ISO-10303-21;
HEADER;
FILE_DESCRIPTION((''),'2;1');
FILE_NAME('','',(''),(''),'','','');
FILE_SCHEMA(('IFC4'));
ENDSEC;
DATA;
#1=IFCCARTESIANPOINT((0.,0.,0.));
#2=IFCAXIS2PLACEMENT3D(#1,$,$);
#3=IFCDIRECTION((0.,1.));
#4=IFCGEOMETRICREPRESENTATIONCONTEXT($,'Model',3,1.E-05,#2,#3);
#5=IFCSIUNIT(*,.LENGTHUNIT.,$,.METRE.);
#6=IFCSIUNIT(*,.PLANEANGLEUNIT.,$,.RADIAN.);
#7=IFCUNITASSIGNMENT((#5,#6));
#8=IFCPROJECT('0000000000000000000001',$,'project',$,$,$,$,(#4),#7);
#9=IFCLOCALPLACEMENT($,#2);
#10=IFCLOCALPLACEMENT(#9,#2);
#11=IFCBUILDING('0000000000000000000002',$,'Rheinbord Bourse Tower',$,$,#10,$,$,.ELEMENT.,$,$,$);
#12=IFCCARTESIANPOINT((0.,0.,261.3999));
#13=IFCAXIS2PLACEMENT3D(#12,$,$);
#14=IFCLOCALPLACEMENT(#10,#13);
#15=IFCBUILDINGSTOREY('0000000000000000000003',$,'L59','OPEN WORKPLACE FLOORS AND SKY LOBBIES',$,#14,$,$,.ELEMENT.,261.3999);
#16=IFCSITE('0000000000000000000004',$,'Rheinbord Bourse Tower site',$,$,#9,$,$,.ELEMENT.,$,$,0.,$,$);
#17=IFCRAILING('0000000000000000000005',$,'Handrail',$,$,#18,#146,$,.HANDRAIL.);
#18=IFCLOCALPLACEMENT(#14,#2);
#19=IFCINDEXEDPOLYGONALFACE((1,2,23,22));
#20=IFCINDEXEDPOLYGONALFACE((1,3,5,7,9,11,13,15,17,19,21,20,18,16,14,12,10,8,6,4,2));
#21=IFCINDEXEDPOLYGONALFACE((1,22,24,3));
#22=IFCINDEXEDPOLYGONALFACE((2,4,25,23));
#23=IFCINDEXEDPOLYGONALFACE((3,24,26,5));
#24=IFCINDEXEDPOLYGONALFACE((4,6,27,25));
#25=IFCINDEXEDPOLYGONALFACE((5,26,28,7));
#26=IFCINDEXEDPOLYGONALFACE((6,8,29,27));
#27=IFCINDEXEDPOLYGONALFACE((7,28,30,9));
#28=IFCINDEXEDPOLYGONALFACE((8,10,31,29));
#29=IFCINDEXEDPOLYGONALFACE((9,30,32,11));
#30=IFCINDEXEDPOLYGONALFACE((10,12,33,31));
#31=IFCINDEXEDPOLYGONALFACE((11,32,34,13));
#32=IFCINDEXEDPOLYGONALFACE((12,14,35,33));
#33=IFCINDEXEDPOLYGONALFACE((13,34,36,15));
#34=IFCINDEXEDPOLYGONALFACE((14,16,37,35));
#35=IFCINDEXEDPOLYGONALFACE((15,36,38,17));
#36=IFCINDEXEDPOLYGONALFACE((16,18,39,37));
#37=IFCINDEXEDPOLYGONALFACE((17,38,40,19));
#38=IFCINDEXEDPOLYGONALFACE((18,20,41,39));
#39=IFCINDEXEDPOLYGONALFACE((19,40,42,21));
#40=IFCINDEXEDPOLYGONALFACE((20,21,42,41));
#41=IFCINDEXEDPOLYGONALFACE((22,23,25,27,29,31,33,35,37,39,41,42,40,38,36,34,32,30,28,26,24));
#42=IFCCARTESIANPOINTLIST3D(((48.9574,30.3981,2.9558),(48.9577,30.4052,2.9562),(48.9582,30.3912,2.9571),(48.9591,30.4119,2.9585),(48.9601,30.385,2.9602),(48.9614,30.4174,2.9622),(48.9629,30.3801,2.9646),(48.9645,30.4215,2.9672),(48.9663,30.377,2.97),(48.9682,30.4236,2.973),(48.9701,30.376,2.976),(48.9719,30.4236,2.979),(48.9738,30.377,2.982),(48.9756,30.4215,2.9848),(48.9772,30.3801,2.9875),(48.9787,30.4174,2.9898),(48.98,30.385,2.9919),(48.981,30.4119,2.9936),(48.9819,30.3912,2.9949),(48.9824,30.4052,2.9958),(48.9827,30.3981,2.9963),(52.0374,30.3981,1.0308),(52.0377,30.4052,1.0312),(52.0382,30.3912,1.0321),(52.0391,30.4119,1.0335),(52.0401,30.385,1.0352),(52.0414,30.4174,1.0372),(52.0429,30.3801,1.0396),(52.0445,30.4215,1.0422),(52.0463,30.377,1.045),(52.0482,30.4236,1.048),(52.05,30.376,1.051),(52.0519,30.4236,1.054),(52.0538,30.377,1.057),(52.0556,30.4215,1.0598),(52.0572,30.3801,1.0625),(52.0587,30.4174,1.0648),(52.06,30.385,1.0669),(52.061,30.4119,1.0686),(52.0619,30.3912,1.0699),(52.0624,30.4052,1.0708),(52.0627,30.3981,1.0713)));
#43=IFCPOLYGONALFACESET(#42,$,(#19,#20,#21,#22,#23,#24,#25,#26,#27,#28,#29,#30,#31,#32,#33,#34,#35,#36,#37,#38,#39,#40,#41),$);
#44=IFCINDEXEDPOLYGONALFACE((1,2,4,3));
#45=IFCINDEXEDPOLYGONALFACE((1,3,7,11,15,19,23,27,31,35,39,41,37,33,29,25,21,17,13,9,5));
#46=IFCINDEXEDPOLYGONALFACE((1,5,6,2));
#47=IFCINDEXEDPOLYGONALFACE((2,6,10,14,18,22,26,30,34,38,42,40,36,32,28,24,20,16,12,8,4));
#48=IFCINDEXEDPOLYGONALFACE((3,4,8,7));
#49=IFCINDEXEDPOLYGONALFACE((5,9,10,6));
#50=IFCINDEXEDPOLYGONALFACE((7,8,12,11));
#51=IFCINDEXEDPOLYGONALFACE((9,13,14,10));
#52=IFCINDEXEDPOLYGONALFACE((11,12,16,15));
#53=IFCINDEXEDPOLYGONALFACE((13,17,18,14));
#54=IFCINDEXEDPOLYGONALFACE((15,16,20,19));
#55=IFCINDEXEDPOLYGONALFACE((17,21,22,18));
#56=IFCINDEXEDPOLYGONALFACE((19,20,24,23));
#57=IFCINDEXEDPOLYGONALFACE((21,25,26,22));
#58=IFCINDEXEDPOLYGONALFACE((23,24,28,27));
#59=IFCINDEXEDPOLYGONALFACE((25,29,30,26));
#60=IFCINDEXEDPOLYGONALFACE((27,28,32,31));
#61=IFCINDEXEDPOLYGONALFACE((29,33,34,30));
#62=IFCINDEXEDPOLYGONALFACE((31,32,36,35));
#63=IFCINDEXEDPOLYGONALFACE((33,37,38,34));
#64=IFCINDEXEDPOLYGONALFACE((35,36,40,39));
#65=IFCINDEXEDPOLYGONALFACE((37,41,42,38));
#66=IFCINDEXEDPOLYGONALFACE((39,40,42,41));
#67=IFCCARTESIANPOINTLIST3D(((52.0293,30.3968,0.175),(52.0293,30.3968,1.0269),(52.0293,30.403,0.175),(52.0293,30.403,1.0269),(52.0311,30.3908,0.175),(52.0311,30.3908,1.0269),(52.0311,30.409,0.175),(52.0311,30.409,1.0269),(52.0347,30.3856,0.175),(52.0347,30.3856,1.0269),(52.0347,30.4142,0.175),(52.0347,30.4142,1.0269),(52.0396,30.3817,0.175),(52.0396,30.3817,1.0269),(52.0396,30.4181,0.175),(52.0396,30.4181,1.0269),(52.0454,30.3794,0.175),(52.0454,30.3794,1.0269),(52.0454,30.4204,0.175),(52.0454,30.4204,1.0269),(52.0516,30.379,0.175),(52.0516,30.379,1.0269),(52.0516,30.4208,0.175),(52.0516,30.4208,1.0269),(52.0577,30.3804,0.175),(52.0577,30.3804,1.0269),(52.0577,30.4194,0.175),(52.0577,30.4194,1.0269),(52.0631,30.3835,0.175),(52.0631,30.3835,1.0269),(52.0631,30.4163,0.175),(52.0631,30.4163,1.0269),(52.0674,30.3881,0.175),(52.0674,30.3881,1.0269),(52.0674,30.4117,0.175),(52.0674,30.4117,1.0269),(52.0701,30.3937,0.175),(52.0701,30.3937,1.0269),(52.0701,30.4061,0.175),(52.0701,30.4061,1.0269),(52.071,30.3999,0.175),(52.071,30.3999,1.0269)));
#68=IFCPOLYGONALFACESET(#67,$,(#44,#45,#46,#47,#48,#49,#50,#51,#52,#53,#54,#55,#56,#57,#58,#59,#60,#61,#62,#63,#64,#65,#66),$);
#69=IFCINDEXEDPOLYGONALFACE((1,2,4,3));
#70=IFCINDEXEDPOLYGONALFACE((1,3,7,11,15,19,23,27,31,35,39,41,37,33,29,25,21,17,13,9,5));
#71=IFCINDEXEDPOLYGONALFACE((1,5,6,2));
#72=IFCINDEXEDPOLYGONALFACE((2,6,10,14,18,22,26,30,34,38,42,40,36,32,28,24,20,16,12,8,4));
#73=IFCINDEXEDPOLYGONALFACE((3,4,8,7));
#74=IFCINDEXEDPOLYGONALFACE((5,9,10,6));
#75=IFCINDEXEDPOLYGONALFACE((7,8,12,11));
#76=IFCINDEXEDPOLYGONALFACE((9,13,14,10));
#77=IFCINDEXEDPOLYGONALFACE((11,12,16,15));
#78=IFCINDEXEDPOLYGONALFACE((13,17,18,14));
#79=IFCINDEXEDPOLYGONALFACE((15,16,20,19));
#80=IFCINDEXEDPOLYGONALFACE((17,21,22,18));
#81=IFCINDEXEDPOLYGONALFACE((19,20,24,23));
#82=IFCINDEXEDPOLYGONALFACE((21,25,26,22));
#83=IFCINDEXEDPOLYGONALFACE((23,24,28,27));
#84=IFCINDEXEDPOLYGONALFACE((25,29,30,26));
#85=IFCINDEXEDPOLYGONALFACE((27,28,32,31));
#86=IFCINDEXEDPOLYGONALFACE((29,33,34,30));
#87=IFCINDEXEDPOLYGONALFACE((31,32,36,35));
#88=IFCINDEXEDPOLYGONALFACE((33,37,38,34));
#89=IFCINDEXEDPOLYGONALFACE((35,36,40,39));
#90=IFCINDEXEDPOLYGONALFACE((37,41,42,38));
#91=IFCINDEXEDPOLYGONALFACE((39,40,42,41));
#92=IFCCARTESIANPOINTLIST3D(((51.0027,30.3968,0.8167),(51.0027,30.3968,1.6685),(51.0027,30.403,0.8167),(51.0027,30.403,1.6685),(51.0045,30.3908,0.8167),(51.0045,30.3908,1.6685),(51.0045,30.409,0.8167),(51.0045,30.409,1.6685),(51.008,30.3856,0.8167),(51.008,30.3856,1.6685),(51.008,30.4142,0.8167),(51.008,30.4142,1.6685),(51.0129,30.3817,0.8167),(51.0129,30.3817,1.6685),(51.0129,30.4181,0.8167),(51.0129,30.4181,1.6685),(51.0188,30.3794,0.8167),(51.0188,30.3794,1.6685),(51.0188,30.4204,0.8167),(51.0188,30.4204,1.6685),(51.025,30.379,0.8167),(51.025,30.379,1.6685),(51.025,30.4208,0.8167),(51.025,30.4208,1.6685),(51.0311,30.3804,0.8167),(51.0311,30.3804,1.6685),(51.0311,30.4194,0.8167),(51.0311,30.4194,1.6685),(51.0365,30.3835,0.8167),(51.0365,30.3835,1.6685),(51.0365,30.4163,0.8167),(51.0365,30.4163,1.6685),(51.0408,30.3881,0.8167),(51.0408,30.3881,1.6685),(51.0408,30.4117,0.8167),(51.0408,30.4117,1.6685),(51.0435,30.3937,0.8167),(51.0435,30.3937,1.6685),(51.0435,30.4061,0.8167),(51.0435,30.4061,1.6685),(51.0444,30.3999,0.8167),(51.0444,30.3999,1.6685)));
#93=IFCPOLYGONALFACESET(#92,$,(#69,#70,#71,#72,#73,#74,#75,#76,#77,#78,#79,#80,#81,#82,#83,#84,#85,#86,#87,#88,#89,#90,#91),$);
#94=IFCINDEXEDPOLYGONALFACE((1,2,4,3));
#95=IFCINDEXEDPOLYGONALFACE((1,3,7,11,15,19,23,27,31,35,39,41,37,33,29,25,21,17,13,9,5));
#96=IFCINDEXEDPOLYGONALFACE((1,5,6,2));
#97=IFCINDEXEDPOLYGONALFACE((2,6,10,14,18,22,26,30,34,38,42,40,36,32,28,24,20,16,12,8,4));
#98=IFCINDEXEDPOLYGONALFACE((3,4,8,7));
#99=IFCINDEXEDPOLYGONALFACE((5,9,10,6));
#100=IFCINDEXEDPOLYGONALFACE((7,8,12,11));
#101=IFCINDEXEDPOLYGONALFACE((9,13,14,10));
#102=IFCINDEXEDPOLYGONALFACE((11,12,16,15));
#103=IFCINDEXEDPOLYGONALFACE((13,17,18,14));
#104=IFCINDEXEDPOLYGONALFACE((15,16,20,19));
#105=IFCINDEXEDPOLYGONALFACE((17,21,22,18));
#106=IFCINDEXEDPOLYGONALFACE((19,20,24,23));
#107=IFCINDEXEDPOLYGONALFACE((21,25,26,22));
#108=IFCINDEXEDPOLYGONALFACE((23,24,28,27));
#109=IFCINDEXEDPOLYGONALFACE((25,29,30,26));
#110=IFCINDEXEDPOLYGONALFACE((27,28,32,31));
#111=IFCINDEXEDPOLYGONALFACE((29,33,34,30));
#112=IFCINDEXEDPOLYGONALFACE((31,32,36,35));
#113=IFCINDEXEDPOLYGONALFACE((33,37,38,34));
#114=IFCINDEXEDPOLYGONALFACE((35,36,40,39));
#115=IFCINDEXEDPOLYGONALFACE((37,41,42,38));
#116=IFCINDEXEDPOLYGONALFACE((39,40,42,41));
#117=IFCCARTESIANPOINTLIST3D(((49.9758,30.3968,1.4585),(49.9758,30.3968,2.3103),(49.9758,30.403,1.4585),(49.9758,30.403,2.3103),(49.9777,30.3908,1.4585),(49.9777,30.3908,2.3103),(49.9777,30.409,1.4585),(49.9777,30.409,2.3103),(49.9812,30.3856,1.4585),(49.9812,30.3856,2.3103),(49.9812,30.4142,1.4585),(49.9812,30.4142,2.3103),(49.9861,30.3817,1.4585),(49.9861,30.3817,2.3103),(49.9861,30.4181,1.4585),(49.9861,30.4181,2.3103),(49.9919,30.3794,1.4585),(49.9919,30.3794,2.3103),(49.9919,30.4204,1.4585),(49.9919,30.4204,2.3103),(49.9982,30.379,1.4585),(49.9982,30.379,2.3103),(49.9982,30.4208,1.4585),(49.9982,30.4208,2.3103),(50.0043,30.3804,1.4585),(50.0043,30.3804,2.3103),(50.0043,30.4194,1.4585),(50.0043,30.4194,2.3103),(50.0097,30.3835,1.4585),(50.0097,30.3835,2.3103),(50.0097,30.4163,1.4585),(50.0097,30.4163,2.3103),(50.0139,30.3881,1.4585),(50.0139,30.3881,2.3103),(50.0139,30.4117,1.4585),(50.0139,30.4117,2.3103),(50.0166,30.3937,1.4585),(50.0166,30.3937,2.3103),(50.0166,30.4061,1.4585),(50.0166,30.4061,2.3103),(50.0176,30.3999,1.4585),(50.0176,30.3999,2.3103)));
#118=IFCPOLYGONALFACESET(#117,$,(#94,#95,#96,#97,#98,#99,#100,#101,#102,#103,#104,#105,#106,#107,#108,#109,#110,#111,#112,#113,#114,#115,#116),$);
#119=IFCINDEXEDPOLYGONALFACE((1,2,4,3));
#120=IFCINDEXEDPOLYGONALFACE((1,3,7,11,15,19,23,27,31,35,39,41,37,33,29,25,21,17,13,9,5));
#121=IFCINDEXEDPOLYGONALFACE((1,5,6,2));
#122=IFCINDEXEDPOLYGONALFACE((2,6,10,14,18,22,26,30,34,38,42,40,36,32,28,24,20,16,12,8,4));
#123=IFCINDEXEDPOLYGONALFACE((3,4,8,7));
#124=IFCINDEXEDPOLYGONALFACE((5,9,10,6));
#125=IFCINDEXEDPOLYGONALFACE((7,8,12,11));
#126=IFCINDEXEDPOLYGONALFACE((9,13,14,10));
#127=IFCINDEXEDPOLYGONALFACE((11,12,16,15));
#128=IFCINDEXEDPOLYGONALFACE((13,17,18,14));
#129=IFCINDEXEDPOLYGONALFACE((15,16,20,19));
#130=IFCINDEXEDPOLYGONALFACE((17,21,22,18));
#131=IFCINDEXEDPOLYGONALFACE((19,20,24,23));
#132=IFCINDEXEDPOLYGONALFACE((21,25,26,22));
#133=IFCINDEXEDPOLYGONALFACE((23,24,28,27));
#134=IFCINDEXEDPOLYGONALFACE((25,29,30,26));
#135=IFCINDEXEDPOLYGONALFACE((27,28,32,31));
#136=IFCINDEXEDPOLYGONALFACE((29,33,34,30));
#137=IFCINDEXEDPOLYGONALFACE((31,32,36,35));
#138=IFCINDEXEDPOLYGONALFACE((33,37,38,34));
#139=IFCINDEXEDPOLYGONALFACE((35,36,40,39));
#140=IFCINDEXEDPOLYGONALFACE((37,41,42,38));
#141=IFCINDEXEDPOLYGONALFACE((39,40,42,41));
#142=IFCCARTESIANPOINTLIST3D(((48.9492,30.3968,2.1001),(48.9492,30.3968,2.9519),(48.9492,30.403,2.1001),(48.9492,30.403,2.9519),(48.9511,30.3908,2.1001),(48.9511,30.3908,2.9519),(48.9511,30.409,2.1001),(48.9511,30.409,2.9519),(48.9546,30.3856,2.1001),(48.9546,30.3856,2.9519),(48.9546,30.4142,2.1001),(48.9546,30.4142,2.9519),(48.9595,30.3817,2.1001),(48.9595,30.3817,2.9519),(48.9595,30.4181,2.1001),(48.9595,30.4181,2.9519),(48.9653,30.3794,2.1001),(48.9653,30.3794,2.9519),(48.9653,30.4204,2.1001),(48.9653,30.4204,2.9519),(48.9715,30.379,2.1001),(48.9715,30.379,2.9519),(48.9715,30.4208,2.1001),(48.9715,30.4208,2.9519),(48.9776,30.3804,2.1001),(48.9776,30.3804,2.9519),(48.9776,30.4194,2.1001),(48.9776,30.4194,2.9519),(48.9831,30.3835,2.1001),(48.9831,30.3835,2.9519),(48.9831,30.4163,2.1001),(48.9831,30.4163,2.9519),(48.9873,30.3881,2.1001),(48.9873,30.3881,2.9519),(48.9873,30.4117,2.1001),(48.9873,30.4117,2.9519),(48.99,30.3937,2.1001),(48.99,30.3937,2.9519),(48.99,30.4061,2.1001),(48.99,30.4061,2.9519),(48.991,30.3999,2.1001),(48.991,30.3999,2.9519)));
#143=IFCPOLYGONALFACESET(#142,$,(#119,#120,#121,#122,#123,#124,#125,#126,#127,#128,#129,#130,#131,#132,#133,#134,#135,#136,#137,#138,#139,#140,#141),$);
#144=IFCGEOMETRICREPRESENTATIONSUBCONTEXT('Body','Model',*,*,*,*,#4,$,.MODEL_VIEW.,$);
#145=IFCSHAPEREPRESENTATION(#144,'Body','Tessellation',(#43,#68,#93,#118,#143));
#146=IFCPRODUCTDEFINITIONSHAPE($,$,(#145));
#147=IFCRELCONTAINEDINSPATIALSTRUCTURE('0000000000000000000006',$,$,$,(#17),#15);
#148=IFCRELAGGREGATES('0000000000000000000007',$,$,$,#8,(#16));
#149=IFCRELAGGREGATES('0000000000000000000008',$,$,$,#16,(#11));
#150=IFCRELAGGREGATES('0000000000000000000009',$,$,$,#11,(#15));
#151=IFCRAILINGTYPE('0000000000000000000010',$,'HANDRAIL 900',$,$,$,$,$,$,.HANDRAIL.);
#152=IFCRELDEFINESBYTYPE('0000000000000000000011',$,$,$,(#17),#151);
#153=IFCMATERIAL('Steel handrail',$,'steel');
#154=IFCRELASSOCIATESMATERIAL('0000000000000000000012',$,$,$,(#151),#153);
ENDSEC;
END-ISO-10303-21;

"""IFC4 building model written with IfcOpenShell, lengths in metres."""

from ifc_helpers import new_model, si_unit, direction, frame, origin, origin_2d, place, context, subcontext, project, spatial, circle, extrude, material, type_object, element, save


model = new_model("IFC4")

# Units and contexts
model_context = context("Model", 3, precision=1e-05, world=origin(), true_north=direction((0.0, 1.0)))
body_context = subcontext(model_context, "Body", "Model", "MODEL_VIEW")
ifc_project = project(units=[si_unit("LENGTHUNIT", "METRE"), si_unit("PLANEANGLEUNIT", "RADIAN")], contexts=[model_context])

# Site, building, storey
site_placement = place(None, origin())
site = spatial("IfcSite", under=ifc_project, at=site_placement, Name="Rheinbord Bourse Tower site", CompositionType="ELEMENT", RefElevation=0.0)
building_placement = place(site_placement, origin())
building = spatial("IfcBuilding", under=site, at=building_placement, Name="Rheinbord Bourse Tower", CompositionType="ELEMENT")
storey_placement = place(building_placement, frame((0.0, 0.0, 261.3999)))
storey = spatial("IfcBuildingStorey", under=building, at=storey_placement, Name="L59", Description="OPEN WORKPLACE FLOORS AND SKY LOBBIES", CompositionType="ELEMENT", Elevation=261.3999)

# Railing
ifc_material_1 = material(Name="Steel handrail", Category="steel")
railing_type = type_object("IfcRailingType", Name="HANDRAIL 900", PredefinedType="HANDRAIL", material=ifc_material_1)
railing_1_placement = place(storey_placement, frame((52.05, 30.3999, 0.175)))
element("IfcRailing", 1, at=railing_1_placement, inside=storey, type_object=railing_type, Name="Handrail", PredefinedType="HANDRAIL", context=body_context, shape_type="SweptSolid", body=[
    extrude(circle(Radius=0.0239, at=origin_2d()), frame((0.0, 0.0, 0.876), z_axis=(-0.847998, 0.0, 0.529999), x_axis=(0.0, -1.0, 0.0)), (0.0, 0.0, 1.0), 3.6321),
    extrude(circle(Radius=0.021, at=origin_2d()), origin(), (0.0, 0.0, 1.0), 0.8518),
    extrude(circle(Radius=0.021, at=origin_2d()), frame((-1.0266, 0.0, 0.6416)), (0.0, 0.0, 1.0), 0.8518),
    extrude(circle(Radius=0.021, at=origin_2d()), frame((-2.0535, 0.0, 1.2834)), (0.0, 0.0, 1.0), 0.8518),
    extrude(circle(Radius=0.021, at=origin_2d()), frame((-3.0801, 0.0, 1.925)), (0.0, 0.0, 1.0), 0.8518),
])

save(model, "model.ifc")
